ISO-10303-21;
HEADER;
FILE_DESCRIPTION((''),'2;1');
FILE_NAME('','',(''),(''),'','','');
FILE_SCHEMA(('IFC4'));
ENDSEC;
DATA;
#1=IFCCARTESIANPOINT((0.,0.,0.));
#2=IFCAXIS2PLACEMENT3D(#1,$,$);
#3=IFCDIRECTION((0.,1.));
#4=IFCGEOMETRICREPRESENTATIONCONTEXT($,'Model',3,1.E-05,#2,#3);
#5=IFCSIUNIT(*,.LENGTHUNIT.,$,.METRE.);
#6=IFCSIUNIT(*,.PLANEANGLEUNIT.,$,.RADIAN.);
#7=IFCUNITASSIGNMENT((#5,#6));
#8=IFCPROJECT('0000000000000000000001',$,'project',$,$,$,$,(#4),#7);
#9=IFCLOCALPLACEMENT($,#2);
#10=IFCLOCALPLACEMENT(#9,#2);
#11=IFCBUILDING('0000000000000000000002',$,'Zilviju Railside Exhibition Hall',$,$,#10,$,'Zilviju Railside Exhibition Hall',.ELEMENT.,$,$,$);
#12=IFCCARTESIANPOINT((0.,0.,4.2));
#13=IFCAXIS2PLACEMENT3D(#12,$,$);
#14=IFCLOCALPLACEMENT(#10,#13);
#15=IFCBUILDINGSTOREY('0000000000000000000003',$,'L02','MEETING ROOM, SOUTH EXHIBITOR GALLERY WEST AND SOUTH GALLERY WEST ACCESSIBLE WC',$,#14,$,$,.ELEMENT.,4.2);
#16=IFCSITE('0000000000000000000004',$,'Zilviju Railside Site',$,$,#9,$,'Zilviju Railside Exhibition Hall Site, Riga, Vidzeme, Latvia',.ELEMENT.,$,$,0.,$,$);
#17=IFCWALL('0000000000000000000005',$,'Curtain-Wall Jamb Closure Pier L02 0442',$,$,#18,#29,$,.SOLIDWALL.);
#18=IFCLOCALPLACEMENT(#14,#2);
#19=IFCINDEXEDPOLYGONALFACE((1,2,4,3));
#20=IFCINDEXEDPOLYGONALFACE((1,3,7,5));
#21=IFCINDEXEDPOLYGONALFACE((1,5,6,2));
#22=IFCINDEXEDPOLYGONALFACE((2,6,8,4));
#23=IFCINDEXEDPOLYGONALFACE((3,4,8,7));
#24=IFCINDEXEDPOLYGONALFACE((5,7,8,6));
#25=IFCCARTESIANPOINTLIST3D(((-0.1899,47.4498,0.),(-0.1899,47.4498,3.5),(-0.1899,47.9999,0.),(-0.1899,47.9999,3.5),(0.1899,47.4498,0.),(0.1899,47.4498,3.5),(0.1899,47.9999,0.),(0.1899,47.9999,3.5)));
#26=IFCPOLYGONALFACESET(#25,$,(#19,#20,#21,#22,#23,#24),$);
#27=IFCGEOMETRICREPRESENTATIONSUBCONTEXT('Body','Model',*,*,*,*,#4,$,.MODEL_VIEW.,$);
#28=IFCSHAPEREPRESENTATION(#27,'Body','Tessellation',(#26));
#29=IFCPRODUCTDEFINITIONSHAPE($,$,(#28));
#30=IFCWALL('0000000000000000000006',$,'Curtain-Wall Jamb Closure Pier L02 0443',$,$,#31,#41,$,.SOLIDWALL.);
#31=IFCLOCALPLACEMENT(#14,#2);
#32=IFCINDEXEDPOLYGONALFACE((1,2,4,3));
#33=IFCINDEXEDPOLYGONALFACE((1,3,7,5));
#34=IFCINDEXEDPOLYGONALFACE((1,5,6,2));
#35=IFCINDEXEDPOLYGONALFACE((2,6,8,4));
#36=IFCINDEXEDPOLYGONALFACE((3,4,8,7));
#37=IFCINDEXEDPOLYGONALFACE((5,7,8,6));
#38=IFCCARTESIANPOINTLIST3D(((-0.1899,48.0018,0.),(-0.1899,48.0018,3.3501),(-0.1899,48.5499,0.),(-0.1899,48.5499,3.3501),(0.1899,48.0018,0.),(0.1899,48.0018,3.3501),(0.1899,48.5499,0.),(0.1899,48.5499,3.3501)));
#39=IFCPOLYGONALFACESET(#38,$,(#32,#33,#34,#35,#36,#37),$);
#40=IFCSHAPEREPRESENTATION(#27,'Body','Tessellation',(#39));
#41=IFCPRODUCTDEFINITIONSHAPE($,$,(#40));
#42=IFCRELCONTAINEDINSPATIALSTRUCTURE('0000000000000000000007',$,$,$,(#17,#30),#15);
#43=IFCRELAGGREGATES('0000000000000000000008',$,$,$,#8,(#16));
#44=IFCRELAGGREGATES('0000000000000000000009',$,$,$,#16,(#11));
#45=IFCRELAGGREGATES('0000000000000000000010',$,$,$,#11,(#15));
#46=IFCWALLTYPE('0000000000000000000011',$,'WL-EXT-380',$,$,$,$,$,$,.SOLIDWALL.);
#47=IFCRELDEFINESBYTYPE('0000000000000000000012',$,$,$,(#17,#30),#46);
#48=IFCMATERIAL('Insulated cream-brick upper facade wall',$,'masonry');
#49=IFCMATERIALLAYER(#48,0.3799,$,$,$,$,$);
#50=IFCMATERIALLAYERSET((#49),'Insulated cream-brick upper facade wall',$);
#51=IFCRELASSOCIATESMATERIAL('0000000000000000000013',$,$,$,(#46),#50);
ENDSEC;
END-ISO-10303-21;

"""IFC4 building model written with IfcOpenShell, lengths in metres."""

from ifc_helpers import new_model, si_unit, direction, frame, frame_2d, origin, place, context, subcontext, project, spatial, rectangle, extrude, material, layer, layer_set, type_object, element, save


model = new_model("IFC4")

# Units and contexts
model_context = context("Model", 3, precision=1e-05, world=origin(), true_north=direction((0.0, 1.0)))
body_context = subcontext(model_context, "Body", "Model", "MODEL_VIEW")
ifc_project = project(units=[si_unit("LENGTHUNIT", "METRE"), si_unit("PLANEANGLEUNIT", "RADIAN")], contexts=[model_context])

# Site, building, storey
site_placement = place(None, origin())
site = spatial("IfcSite", under=ifc_project, at=site_placement, Name="Zilviju Railside Site", LongName="Zilviju Railside Exhibition Hall Site, Riga, Vidzeme, Latvia", CompositionType="ELEMENT", RefElevation=0.0)
building_placement = place(site_placement, origin())
building = spatial("IfcBuilding", under=site, at=building_placement, Name="Zilviju Railside Exhibition Hall", LongName="Zilviju Railside Exhibition Hall", CompositionType="ELEMENT")
storey_placement = place(building_placement, frame((0.0, 0.0, 4.2)))
storey = spatial("IfcBuildingStorey", under=building, at=storey_placement, Name="L02", Description="MEETING ROOM, SOUTH EXHIBITOR GALLERY WEST AND SOUTH GALLERY WEST ACCESSIBLE WC", CompositionType="ELEMENT", Elevation=4.2)

# Walls
ifc_material_1 = material(Name="Insulated cream-brick upper facade wall", Category="masonry")
ifc_layer_1 = layer(ifc_material_1, 0.3799)
ifc_layer_set_1 = layer_set([ifc_layer_1], Name="Insulated cream-brick upper facade wall")
wall_type = type_object("IfcWallType", Name="WL-EXT-380", PredefinedType="SOLIDWALL", material=ifc_layer_set_1)
wall_1_placement = place(storey_placement, frame((0.0, 47.45, 0.0), z_axis=(0.0, 0.0, 1.0), x_axis=(0.0, 1.0, 0.0)))
element("IfcWall", 1, at=wall_1_placement, inside=storey, type_object=wall_type, Name="Curtain-Wall Jamb Closure Pier L02 0442", PredefinedType="SOLIDWALL", context=body_context, shape_type="SweptSolid", body=[
    extrude(rectangle(XDim=0.55, YDim=0.3799, at=frame_2d((0.2749, 0.0))), origin(), (0.0, 0.0, 1.0), 3.5),
])
wall_2_placement = place(storey_placement, frame((0.0, 48.002, 0.0), z_axis=(0.0, 0.0, 1.0), x_axis=(0.0, 1.0, 0.0)))
element("IfcWall", 2, at=wall_2_placement, inside=storey, type_object=wall_type, Name="Curtain-Wall Jamb Closure Pier L02 0443", PredefinedType="SOLIDWALL", context=body_context, shape_type="SweptSolid", body=[
    extrude(rectangle(XDim=0.5481, YDim=0.3799, at=frame_2d((0.2739, 0.0))), origin(), (0.0, 0.0, 1.0), 3.3501),
])

save(model, "model.ifc")
